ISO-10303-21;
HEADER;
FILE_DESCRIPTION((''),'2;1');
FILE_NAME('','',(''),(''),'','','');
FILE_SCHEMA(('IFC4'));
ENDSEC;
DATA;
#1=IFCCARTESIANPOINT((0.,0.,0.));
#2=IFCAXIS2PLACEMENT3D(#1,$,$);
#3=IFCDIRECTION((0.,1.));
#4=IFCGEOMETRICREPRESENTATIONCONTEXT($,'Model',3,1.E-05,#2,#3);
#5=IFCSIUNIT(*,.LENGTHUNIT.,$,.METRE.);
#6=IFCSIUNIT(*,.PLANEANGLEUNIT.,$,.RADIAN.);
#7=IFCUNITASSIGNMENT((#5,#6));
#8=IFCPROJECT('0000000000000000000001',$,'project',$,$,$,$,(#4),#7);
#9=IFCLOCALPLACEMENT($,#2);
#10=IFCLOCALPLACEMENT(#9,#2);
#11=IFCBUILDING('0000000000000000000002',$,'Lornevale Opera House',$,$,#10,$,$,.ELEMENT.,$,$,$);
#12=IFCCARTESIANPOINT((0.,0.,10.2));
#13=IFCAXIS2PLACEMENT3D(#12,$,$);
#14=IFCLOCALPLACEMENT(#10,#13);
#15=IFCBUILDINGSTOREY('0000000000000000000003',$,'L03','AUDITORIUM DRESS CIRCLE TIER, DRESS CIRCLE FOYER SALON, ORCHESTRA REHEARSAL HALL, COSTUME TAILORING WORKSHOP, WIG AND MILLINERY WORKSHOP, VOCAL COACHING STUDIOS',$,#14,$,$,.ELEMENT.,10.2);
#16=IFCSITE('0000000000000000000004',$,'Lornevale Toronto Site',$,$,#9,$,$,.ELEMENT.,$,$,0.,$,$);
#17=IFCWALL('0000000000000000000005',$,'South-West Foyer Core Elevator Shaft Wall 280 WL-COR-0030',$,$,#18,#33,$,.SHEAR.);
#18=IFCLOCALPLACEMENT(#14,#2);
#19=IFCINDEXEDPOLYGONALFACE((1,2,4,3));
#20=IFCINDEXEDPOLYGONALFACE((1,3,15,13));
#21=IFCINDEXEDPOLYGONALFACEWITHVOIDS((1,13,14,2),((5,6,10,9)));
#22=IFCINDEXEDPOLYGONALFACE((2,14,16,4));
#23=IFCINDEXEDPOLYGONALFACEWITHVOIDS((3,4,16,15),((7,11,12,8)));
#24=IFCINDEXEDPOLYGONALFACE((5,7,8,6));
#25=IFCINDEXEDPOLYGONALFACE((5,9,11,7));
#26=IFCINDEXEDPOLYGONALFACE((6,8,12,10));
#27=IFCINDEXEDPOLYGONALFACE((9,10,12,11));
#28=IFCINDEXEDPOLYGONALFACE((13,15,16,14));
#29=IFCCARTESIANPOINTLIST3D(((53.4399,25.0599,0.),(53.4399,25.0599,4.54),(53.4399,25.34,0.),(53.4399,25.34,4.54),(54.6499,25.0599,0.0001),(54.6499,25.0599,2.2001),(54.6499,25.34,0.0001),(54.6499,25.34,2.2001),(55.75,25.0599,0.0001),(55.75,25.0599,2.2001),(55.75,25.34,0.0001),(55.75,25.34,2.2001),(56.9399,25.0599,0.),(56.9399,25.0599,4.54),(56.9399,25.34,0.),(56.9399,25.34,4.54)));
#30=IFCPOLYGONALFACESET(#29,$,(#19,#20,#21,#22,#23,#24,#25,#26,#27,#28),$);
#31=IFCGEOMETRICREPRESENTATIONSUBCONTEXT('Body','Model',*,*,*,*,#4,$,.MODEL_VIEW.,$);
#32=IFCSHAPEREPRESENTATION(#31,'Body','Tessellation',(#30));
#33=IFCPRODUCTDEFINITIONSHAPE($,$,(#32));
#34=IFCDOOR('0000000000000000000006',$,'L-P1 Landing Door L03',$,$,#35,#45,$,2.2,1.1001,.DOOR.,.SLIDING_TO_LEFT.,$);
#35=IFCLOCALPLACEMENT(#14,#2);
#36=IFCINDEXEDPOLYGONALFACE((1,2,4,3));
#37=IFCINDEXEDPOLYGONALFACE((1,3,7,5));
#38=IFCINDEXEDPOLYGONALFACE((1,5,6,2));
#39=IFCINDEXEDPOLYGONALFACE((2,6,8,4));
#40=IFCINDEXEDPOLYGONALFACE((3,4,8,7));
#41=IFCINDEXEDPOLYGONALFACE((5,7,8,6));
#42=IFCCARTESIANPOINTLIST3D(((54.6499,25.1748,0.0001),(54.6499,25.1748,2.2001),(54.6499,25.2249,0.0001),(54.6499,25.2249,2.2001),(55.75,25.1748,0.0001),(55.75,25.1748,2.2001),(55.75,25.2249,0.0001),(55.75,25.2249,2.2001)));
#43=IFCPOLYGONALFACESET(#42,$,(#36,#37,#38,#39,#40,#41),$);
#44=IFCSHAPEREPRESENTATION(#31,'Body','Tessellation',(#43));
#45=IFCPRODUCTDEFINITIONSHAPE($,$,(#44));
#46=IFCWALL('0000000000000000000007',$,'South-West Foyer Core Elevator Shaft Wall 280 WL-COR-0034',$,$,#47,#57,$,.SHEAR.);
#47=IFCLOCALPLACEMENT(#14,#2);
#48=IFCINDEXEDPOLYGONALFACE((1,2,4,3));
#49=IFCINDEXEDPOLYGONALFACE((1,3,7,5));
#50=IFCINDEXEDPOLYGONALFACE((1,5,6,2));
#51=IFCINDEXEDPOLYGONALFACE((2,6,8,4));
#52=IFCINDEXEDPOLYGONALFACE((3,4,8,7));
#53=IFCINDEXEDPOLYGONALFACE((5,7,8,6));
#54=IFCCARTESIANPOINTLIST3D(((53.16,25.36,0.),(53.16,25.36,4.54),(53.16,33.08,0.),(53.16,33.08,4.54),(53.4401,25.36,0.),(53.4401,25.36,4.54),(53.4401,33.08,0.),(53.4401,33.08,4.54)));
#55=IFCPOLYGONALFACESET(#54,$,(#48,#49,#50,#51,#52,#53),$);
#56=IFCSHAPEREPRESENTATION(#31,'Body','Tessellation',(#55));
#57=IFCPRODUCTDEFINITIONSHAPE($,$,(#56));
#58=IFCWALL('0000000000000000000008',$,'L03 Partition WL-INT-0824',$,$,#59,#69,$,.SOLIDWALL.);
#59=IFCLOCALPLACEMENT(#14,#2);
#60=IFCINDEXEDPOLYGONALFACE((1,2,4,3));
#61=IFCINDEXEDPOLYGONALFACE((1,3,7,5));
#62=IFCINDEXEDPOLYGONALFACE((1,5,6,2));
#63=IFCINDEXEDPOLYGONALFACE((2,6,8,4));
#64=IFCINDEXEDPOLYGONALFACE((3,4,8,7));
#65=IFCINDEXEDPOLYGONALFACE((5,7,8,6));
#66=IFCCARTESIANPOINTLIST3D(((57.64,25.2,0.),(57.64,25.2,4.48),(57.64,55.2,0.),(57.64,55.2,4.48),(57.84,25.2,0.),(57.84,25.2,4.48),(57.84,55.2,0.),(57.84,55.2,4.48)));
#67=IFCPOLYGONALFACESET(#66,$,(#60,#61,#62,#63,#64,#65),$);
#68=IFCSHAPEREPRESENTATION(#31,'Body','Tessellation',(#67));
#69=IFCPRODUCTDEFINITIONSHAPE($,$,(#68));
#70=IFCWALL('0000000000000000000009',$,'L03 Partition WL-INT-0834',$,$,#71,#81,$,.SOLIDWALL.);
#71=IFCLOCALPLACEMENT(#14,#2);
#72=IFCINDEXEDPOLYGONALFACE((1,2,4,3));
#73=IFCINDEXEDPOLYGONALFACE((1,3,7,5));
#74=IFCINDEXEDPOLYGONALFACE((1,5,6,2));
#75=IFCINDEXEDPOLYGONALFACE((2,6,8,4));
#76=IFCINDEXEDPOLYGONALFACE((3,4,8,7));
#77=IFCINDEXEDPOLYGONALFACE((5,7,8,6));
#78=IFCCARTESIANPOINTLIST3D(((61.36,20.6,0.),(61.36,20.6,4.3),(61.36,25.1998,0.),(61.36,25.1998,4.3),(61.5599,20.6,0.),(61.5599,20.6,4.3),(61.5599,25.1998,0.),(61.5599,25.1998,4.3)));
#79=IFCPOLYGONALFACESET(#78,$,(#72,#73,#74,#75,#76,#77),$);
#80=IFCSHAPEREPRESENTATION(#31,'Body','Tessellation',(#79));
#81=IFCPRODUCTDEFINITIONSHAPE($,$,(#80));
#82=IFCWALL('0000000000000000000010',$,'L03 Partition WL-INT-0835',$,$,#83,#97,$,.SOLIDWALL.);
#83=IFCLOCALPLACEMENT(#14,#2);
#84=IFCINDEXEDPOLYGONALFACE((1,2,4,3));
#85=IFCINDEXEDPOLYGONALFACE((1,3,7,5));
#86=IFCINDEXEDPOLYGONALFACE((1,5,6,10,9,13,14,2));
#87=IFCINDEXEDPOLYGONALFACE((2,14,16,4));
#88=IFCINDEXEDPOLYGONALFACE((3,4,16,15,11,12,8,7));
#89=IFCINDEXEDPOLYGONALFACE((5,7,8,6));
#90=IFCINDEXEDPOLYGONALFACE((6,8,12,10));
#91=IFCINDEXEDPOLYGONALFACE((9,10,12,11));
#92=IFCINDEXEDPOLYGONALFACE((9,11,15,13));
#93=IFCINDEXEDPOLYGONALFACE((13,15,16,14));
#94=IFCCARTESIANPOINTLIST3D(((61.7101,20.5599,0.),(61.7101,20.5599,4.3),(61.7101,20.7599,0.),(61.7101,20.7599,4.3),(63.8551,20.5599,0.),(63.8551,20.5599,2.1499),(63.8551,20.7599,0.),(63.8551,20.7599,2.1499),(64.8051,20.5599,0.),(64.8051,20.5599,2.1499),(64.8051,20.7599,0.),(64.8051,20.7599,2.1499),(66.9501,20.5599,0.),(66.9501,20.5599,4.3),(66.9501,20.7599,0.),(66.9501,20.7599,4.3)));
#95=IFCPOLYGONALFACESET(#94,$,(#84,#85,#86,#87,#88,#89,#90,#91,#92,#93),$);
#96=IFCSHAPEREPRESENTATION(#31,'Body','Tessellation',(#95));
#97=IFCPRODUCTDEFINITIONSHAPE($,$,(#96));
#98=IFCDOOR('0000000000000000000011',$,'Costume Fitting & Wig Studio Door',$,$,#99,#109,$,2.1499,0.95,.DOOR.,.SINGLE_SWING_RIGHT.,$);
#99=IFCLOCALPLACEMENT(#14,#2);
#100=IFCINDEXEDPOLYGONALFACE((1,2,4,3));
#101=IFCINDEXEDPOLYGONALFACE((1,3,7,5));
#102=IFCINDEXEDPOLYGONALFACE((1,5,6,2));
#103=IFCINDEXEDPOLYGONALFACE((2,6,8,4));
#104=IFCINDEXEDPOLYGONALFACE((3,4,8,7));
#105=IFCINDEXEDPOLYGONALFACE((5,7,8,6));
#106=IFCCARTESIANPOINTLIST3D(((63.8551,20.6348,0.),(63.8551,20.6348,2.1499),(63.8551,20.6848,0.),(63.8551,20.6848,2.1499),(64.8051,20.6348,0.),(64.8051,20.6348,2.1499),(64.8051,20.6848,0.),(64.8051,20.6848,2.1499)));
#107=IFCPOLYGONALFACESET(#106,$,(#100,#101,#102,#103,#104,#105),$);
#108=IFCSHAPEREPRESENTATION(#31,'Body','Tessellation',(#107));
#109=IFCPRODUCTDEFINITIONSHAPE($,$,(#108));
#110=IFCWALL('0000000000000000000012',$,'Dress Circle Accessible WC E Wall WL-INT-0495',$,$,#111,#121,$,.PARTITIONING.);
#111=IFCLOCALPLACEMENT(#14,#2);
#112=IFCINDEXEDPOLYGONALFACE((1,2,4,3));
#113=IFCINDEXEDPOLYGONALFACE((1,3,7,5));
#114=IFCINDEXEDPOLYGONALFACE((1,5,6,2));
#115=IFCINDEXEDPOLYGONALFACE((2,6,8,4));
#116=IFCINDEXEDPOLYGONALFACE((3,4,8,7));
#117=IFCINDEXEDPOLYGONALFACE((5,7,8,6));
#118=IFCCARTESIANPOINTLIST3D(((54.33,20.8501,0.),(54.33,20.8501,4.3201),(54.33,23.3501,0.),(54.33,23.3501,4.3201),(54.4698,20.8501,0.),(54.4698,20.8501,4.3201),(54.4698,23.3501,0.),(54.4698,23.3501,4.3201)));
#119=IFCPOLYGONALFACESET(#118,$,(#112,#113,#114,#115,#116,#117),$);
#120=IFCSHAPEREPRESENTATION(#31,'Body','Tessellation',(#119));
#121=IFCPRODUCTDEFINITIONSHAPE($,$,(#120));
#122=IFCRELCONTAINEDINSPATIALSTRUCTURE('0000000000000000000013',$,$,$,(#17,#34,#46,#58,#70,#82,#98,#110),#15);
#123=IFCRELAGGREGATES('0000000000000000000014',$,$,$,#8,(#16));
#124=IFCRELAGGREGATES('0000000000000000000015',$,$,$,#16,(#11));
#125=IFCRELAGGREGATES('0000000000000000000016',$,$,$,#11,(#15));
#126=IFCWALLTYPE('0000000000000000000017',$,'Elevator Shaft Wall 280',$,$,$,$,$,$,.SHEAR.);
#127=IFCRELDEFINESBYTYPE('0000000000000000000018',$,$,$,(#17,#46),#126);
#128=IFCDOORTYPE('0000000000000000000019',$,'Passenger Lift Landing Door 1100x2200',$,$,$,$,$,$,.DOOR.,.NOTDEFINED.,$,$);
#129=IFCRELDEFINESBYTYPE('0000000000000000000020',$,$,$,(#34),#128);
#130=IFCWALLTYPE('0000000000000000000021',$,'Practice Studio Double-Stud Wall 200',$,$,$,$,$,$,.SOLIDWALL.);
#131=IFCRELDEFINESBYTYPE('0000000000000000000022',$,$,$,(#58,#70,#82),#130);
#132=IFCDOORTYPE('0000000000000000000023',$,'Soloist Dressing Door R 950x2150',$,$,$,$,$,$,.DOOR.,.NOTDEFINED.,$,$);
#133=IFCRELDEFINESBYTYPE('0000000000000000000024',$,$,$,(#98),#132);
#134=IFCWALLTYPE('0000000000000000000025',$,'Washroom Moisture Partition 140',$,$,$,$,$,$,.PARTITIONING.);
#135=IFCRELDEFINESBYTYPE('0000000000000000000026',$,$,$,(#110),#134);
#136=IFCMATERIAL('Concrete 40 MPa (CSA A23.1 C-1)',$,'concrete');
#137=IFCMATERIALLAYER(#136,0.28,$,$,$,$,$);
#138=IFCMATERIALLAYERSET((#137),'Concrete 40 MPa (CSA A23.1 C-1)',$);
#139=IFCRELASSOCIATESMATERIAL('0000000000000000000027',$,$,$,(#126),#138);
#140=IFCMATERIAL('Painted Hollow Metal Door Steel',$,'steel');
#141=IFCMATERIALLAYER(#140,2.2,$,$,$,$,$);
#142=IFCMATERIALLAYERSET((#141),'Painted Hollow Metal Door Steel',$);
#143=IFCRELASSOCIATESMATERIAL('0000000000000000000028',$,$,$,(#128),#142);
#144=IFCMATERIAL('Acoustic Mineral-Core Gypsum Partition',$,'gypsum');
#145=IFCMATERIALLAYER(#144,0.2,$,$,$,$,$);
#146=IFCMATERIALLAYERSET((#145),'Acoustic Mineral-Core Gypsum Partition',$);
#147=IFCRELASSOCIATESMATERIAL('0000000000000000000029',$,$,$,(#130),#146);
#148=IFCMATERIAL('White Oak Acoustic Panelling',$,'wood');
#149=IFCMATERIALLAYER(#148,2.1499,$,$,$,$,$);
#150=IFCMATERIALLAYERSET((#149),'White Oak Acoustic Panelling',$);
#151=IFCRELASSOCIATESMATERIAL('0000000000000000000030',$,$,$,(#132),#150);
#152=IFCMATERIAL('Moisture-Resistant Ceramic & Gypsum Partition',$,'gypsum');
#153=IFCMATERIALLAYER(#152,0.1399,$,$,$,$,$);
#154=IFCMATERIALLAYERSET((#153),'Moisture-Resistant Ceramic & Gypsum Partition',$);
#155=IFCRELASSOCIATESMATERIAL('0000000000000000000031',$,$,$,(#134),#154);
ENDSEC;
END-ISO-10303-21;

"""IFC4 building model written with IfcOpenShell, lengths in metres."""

from ifc_helpers import new_model, si_unit, direction, frame, frame_2d, origin, place, context, subcontext, project, spatial, rectangle, extrude, material, layer, layer_set, type_object, element, fill, save


model = new_model("IFC4")

# Units and contexts
model_context = context("Model", 3, precision=1e-05, world=origin(), true_north=direction((0.0, 1.0)))
body_context = subcontext(model_context, "Body", "Model", "MODEL_VIEW")
ifc_project = project(units=[si_unit("LENGTHUNIT", "METRE"), si_unit("PLANEANGLEUNIT", "RADIAN")], contexts=[model_context])

# Site, building, storey
site_placement = place(None, origin())
site = spatial("IfcSite", under=ifc_project, at=site_placement, Name="Lornevale Toronto Site", CompositionType="ELEMENT", RefElevation=0.0)
building_placement = place(site_placement, origin())
building = spatial("IfcBuilding", under=site, at=building_placement, Name="Lornevale Opera House", CompositionType="ELEMENT")
storey_placement = place(building_placement, frame((0.0, 0.0, 10.2)))
storey = spatial("IfcBuildingStorey", under=building, at=storey_placement, Name="L03", Description="AUDITORIUM DRESS CIRCLE TIER, DRESS CIRCLE FOYER SALON, ORCHESTRA REHEARSAL HALL, COSTUME TAILORING WORKSHOP, WIG AND MILLINERY WORKSHOP, VOCAL COACHING STUDIOS", CompositionType="ELEMENT", Elevation=10.2)

# Shared definitions
ifc_material_1 = material(Name="Concrete 40 MPa (CSA A23.1 C-1)", Category="concrete")

# Wall, opening, door
ifc_layer_1 = layer(ifc_material_1, 0.28)
ifc_layer_set_1 = layer_set([ifc_layer_1], Name="Concrete 40 MPa (CSA A23.1 C-1)")
wall_type_1 = type_object("IfcWallType", Name="Elevator Shaft Wall 280", PredefinedType="SHEAR", material=ifc_layer_set_1)
wall_1_placement = place(storey_placement, frame((53.4399, 25.2, 0.0), z_axis=(0.0, 0.0, 1.0), x_axis=(1.0, 0.0, 0.0)))
wall_1 = element("IfcWall", 1, at=wall_1_placement, inside=storey, type_object=wall_type_1, Name="South-West Foyer Core Elevator Shaft Wall 280 WL-COR-0030", PredefinedType="SHEAR", context=body_context, shape_type="SweptSolid", body=[
    extrude(rectangle(XDim=3.5, YDim=0.28, at=frame_2d((1.75, 0.0))), origin(), (0.0, 0.0, 1.0), 4.54),
])
opening_1_placement = place(wall_1_placement, frame((1.21, 0.0, 0.0)))
opening_1 = element("IfcOpeningElement", 2, at=opening_1_placement, cuts=wall_1, PredefinedType="OPENING", context=body_context, shape_type="SweptSolid", body=[
    extrude(rectangle(XDim=1.1001, YDim=2.2, at=frame_2d((0.55, 1.1001))), frame((0.0, 0.1499, 0.0), z_axis=(0.0, -1.0, 0.0), x_axis=(1.0, 0.0, 0.0)), (0.0, 0.0, 1.0), 0.3),
])
ifc_material_2 = material(Name="Painted Hollow Metal Door Steel", Category="steel")
ifc_layer_2 = layer(ifc_material_2, 2.2)
ifc_layer_set_2 = layer_set([ifc_layer_2], Name="Painted Hollow Metal Door Steel")
door_type_1 = type_object("IfcDoorType", Name="Passenger Lift Landing Door 1100x2200", OperationType="NOTDEFINED", PredefinedType="DOOR", material=ifc_layer_set_2)
door_1_placement = place(opening_1_placement, origin())
door_1 = element("IfcDoor", 3, at=door_1_placement, inside=storey, type_object=door_type_1, Name="L-P1 Landing Door L03", OperationType="SLIDING_TO_LEFT", OverallHeight=2.2, OverallWidth=1.1001, PredefinedType="DOOR", context=body_context, shape_type="SweptSolid", body=[
    extrude(rectangle(XDim=1.1001, YDim=2.2, at=frame_2d((0.55, 1.1001))), frame((0.0, 0.0249, 0.0), z_axis=(0.0, -1.0, 0.0), x_axis=(1.0, 0.0, 0.0)), (0.0, 0.0, 1.0), 0.05),
])
fill(opening_1, door_1)

# Walls
wall_2_placement = place(storey_placement, frame((53.3, 25.3601, 0.0), z_axis=(0.0, 0.0, 1.0), x_axis=(0.0, 1.0, 0.0)))
element("IfcWall", 4, at=wall_2_placement, inside=storey, type_object=wall_type_1, Name="South-West Foyer Core Elevator Shaft Wall 280 WL-COR-0034", PredefinedType="SHEAR", context=body_context, shape_type="SweptSolid", body=[
    extrude(rectangle(XDim=7.72, YDim=0.28, at=frame_2d((3.8599, 0.0))), origin(), (0.0, 0.0, 1.0), 4.54),
])
ifc_material_3 = material(Name="Acoustic Mineral-Core Gypsum Partition", Category="gypsum")
ifc_layer_3 = layer(ifc_material_3, 0.2)
ifc_layer_set_3 = layer_set([ifc_layer_3], Name="Acoustic Mineral-Core Gypsum Partition")
wall_type_2 = type_object("IfcWallType", Name="Practice Studio Double-Stud Wall 200", PredefinedType="SOLIDWALL", material=ifc_layer_set_3)
wall_3_placement = place(storey_placement, frame((57.74, 25.2, 0.0), z_axis=(0.0, 0.0, 1.0), x_axis=(0.0, 1.0, 0.0)))
element("IfcWall", 5, at=wall_3_placement, inside=storey, type_object=wall_type_2, Name="L03 Partition WL-INT-0824", PredefinedType="SOLIDWALL", context=body_context, shape_type="SweptSolid", body=[
    extrude(rectangle(XDim=30.0, YDim=0.2, at=frame_2d((15.0, 0.0))), origin(), (0.0, 0.0, 1.0), 4.48),
])
wall_4_placement = place(storey_placement, frame((61.46, 20.6001, 0.0), z_axis=(0.0, 0.0, 1.0), x_axis=(0.0, 1.0, 0.0)))
element("IfcWall", 6, at=wall_4_placement, inside=storey, type_object=wall_type_2, Name="L03 Partition WL-INT-0834", PredefinedType="SOLIDWALL", context=body_context, shape_type="SweptSolid", body=[
    extrude(rectangle(XDim=4.5999, YDim=0.2, at=frame_2d((2.2998, 0.0))), origin(), (0.0, 0.0, 1.0), 4.3),
])

# Wall, opening, door
wall_5_placement = place(storey_placement, frame((61.71, 20.6599, 0.0), z_axis=(0.0, 0.0, 1.0), x_axis=(1.0, 0.0, 0.0)))
wall_5 = element("IfcWall", 7, at=wall_5_placement, inside=storey, type_object=wall_type_2, Name="L03 Partition WL-INT-0835", PredefinedType="SOLIDWALL", context=body_context, shape_type="SweptSolid", body=[
    extrude(rectangle(XDim=5.24, YDim=0.2, at=frame_2d((2.6201, 0.0))), origin(), (0.0, 0.0, 1.0), 4.3),
])
opening_2_placement = place(wall_5_placement, frame((2.145, 0.0, 0.0)))
opening_2 = element("IfcOpeningElement", 8, at=opening_2_placement, cuts=wall_5, PredefinedType="OPENING", context=body_context, shape_type="SweptSolid", body=[
    extrude(rectangle(XDim=0.95, YDim=2.1499, at=frame_2d((0.4751, 1.075))), frame((0.0, 0.1099, 0.0), z_axis=(0.0, -1.0, 0.0), x_axis=(1.0, 0.0, 0.0)), (0.0, 0.0, 1.0), 0.22),
])
ifc_material_4 = material(Name="White Oak Acoustic Panelling", Category="wood")
ifc_layer_4 = layer(ifc_material_4, 2.1499)
ifc_layer_set_4 = layer_set([ifc_layer_4], Name="White Oak Acoustic Panelling")
door_type_2 = type_object("IfcDoorType", Name="Soloist Dressing Door R 950x2150", OperationType="NOTDEFINED", PredefinedType="DOOR", material=ifc_layer_set_4)
door_2_placement = place(opening_2_placement, origin())
door_2 = element("IfcDoor", 9, at=door_2_placement, inside=storey, type_object=door_type_2, Name="Costume Fitting & Wig Studio Door", OperationType="SINGLE_SWING_RIGHT", OverallHeight=2.1499, OverallWidth=0.95, PredefinedType="DOOR", context=body_context, shape_type="SweptSolid", body=[
    extrude(rectangle(XDim=0.95, YDim=2.1499, at=frame_2d((0.4751, 1.075))), frame((0.0, 0.0249, 0.0), z_axis=(0.0, -1.0, 0.0), x_axis=(1.0, 0.0, 0.0)), (0.0, 0.0, 1.0), 0.05),
])
fill(opening_2, door_2)

# Wall
ifc_material_5 = material(Name="Moisture-Resistant Ceramic & Gypsum Partition", Category="gypsum")
ifc_layer_5 = layer(ifc_material_5, 0.1399)
ifc_layer_set_5 = layer_set([ifc_layer_5], Name="Moisture-Resistant Ceramic & Gypsum Partition")
wall_type_3 = type_object("IfcWallType", Name="Washroom Moisture Partition 140", PredefinedType="PARTITIONING", material=ifc_layer_set_5)
wall_6_placement = place(storey_placement, frame((54.3999, 20.8501, 0.0), z_axis=(0.0, 0.0, 1.0), x_axis=(0.0, 1.0, 0.0)))
element("IfcWall", 10, at=wall_6_placement, inside=storey, type_object=wall_type_3, Name="Dress Circle Accessible WC E Wall WL-INT-0495", PredefinedType="PARTITIONING", context=body_context, shape_type="SweptSolid", body=[
    extrude(rectangle(XDim=2.5, YDim=0.1399, at=frame_2d((1.25, 0.0))), origin(), (0.0, 0.0, 1.0), 4.3201),
])

save(model, "model.ifc")
